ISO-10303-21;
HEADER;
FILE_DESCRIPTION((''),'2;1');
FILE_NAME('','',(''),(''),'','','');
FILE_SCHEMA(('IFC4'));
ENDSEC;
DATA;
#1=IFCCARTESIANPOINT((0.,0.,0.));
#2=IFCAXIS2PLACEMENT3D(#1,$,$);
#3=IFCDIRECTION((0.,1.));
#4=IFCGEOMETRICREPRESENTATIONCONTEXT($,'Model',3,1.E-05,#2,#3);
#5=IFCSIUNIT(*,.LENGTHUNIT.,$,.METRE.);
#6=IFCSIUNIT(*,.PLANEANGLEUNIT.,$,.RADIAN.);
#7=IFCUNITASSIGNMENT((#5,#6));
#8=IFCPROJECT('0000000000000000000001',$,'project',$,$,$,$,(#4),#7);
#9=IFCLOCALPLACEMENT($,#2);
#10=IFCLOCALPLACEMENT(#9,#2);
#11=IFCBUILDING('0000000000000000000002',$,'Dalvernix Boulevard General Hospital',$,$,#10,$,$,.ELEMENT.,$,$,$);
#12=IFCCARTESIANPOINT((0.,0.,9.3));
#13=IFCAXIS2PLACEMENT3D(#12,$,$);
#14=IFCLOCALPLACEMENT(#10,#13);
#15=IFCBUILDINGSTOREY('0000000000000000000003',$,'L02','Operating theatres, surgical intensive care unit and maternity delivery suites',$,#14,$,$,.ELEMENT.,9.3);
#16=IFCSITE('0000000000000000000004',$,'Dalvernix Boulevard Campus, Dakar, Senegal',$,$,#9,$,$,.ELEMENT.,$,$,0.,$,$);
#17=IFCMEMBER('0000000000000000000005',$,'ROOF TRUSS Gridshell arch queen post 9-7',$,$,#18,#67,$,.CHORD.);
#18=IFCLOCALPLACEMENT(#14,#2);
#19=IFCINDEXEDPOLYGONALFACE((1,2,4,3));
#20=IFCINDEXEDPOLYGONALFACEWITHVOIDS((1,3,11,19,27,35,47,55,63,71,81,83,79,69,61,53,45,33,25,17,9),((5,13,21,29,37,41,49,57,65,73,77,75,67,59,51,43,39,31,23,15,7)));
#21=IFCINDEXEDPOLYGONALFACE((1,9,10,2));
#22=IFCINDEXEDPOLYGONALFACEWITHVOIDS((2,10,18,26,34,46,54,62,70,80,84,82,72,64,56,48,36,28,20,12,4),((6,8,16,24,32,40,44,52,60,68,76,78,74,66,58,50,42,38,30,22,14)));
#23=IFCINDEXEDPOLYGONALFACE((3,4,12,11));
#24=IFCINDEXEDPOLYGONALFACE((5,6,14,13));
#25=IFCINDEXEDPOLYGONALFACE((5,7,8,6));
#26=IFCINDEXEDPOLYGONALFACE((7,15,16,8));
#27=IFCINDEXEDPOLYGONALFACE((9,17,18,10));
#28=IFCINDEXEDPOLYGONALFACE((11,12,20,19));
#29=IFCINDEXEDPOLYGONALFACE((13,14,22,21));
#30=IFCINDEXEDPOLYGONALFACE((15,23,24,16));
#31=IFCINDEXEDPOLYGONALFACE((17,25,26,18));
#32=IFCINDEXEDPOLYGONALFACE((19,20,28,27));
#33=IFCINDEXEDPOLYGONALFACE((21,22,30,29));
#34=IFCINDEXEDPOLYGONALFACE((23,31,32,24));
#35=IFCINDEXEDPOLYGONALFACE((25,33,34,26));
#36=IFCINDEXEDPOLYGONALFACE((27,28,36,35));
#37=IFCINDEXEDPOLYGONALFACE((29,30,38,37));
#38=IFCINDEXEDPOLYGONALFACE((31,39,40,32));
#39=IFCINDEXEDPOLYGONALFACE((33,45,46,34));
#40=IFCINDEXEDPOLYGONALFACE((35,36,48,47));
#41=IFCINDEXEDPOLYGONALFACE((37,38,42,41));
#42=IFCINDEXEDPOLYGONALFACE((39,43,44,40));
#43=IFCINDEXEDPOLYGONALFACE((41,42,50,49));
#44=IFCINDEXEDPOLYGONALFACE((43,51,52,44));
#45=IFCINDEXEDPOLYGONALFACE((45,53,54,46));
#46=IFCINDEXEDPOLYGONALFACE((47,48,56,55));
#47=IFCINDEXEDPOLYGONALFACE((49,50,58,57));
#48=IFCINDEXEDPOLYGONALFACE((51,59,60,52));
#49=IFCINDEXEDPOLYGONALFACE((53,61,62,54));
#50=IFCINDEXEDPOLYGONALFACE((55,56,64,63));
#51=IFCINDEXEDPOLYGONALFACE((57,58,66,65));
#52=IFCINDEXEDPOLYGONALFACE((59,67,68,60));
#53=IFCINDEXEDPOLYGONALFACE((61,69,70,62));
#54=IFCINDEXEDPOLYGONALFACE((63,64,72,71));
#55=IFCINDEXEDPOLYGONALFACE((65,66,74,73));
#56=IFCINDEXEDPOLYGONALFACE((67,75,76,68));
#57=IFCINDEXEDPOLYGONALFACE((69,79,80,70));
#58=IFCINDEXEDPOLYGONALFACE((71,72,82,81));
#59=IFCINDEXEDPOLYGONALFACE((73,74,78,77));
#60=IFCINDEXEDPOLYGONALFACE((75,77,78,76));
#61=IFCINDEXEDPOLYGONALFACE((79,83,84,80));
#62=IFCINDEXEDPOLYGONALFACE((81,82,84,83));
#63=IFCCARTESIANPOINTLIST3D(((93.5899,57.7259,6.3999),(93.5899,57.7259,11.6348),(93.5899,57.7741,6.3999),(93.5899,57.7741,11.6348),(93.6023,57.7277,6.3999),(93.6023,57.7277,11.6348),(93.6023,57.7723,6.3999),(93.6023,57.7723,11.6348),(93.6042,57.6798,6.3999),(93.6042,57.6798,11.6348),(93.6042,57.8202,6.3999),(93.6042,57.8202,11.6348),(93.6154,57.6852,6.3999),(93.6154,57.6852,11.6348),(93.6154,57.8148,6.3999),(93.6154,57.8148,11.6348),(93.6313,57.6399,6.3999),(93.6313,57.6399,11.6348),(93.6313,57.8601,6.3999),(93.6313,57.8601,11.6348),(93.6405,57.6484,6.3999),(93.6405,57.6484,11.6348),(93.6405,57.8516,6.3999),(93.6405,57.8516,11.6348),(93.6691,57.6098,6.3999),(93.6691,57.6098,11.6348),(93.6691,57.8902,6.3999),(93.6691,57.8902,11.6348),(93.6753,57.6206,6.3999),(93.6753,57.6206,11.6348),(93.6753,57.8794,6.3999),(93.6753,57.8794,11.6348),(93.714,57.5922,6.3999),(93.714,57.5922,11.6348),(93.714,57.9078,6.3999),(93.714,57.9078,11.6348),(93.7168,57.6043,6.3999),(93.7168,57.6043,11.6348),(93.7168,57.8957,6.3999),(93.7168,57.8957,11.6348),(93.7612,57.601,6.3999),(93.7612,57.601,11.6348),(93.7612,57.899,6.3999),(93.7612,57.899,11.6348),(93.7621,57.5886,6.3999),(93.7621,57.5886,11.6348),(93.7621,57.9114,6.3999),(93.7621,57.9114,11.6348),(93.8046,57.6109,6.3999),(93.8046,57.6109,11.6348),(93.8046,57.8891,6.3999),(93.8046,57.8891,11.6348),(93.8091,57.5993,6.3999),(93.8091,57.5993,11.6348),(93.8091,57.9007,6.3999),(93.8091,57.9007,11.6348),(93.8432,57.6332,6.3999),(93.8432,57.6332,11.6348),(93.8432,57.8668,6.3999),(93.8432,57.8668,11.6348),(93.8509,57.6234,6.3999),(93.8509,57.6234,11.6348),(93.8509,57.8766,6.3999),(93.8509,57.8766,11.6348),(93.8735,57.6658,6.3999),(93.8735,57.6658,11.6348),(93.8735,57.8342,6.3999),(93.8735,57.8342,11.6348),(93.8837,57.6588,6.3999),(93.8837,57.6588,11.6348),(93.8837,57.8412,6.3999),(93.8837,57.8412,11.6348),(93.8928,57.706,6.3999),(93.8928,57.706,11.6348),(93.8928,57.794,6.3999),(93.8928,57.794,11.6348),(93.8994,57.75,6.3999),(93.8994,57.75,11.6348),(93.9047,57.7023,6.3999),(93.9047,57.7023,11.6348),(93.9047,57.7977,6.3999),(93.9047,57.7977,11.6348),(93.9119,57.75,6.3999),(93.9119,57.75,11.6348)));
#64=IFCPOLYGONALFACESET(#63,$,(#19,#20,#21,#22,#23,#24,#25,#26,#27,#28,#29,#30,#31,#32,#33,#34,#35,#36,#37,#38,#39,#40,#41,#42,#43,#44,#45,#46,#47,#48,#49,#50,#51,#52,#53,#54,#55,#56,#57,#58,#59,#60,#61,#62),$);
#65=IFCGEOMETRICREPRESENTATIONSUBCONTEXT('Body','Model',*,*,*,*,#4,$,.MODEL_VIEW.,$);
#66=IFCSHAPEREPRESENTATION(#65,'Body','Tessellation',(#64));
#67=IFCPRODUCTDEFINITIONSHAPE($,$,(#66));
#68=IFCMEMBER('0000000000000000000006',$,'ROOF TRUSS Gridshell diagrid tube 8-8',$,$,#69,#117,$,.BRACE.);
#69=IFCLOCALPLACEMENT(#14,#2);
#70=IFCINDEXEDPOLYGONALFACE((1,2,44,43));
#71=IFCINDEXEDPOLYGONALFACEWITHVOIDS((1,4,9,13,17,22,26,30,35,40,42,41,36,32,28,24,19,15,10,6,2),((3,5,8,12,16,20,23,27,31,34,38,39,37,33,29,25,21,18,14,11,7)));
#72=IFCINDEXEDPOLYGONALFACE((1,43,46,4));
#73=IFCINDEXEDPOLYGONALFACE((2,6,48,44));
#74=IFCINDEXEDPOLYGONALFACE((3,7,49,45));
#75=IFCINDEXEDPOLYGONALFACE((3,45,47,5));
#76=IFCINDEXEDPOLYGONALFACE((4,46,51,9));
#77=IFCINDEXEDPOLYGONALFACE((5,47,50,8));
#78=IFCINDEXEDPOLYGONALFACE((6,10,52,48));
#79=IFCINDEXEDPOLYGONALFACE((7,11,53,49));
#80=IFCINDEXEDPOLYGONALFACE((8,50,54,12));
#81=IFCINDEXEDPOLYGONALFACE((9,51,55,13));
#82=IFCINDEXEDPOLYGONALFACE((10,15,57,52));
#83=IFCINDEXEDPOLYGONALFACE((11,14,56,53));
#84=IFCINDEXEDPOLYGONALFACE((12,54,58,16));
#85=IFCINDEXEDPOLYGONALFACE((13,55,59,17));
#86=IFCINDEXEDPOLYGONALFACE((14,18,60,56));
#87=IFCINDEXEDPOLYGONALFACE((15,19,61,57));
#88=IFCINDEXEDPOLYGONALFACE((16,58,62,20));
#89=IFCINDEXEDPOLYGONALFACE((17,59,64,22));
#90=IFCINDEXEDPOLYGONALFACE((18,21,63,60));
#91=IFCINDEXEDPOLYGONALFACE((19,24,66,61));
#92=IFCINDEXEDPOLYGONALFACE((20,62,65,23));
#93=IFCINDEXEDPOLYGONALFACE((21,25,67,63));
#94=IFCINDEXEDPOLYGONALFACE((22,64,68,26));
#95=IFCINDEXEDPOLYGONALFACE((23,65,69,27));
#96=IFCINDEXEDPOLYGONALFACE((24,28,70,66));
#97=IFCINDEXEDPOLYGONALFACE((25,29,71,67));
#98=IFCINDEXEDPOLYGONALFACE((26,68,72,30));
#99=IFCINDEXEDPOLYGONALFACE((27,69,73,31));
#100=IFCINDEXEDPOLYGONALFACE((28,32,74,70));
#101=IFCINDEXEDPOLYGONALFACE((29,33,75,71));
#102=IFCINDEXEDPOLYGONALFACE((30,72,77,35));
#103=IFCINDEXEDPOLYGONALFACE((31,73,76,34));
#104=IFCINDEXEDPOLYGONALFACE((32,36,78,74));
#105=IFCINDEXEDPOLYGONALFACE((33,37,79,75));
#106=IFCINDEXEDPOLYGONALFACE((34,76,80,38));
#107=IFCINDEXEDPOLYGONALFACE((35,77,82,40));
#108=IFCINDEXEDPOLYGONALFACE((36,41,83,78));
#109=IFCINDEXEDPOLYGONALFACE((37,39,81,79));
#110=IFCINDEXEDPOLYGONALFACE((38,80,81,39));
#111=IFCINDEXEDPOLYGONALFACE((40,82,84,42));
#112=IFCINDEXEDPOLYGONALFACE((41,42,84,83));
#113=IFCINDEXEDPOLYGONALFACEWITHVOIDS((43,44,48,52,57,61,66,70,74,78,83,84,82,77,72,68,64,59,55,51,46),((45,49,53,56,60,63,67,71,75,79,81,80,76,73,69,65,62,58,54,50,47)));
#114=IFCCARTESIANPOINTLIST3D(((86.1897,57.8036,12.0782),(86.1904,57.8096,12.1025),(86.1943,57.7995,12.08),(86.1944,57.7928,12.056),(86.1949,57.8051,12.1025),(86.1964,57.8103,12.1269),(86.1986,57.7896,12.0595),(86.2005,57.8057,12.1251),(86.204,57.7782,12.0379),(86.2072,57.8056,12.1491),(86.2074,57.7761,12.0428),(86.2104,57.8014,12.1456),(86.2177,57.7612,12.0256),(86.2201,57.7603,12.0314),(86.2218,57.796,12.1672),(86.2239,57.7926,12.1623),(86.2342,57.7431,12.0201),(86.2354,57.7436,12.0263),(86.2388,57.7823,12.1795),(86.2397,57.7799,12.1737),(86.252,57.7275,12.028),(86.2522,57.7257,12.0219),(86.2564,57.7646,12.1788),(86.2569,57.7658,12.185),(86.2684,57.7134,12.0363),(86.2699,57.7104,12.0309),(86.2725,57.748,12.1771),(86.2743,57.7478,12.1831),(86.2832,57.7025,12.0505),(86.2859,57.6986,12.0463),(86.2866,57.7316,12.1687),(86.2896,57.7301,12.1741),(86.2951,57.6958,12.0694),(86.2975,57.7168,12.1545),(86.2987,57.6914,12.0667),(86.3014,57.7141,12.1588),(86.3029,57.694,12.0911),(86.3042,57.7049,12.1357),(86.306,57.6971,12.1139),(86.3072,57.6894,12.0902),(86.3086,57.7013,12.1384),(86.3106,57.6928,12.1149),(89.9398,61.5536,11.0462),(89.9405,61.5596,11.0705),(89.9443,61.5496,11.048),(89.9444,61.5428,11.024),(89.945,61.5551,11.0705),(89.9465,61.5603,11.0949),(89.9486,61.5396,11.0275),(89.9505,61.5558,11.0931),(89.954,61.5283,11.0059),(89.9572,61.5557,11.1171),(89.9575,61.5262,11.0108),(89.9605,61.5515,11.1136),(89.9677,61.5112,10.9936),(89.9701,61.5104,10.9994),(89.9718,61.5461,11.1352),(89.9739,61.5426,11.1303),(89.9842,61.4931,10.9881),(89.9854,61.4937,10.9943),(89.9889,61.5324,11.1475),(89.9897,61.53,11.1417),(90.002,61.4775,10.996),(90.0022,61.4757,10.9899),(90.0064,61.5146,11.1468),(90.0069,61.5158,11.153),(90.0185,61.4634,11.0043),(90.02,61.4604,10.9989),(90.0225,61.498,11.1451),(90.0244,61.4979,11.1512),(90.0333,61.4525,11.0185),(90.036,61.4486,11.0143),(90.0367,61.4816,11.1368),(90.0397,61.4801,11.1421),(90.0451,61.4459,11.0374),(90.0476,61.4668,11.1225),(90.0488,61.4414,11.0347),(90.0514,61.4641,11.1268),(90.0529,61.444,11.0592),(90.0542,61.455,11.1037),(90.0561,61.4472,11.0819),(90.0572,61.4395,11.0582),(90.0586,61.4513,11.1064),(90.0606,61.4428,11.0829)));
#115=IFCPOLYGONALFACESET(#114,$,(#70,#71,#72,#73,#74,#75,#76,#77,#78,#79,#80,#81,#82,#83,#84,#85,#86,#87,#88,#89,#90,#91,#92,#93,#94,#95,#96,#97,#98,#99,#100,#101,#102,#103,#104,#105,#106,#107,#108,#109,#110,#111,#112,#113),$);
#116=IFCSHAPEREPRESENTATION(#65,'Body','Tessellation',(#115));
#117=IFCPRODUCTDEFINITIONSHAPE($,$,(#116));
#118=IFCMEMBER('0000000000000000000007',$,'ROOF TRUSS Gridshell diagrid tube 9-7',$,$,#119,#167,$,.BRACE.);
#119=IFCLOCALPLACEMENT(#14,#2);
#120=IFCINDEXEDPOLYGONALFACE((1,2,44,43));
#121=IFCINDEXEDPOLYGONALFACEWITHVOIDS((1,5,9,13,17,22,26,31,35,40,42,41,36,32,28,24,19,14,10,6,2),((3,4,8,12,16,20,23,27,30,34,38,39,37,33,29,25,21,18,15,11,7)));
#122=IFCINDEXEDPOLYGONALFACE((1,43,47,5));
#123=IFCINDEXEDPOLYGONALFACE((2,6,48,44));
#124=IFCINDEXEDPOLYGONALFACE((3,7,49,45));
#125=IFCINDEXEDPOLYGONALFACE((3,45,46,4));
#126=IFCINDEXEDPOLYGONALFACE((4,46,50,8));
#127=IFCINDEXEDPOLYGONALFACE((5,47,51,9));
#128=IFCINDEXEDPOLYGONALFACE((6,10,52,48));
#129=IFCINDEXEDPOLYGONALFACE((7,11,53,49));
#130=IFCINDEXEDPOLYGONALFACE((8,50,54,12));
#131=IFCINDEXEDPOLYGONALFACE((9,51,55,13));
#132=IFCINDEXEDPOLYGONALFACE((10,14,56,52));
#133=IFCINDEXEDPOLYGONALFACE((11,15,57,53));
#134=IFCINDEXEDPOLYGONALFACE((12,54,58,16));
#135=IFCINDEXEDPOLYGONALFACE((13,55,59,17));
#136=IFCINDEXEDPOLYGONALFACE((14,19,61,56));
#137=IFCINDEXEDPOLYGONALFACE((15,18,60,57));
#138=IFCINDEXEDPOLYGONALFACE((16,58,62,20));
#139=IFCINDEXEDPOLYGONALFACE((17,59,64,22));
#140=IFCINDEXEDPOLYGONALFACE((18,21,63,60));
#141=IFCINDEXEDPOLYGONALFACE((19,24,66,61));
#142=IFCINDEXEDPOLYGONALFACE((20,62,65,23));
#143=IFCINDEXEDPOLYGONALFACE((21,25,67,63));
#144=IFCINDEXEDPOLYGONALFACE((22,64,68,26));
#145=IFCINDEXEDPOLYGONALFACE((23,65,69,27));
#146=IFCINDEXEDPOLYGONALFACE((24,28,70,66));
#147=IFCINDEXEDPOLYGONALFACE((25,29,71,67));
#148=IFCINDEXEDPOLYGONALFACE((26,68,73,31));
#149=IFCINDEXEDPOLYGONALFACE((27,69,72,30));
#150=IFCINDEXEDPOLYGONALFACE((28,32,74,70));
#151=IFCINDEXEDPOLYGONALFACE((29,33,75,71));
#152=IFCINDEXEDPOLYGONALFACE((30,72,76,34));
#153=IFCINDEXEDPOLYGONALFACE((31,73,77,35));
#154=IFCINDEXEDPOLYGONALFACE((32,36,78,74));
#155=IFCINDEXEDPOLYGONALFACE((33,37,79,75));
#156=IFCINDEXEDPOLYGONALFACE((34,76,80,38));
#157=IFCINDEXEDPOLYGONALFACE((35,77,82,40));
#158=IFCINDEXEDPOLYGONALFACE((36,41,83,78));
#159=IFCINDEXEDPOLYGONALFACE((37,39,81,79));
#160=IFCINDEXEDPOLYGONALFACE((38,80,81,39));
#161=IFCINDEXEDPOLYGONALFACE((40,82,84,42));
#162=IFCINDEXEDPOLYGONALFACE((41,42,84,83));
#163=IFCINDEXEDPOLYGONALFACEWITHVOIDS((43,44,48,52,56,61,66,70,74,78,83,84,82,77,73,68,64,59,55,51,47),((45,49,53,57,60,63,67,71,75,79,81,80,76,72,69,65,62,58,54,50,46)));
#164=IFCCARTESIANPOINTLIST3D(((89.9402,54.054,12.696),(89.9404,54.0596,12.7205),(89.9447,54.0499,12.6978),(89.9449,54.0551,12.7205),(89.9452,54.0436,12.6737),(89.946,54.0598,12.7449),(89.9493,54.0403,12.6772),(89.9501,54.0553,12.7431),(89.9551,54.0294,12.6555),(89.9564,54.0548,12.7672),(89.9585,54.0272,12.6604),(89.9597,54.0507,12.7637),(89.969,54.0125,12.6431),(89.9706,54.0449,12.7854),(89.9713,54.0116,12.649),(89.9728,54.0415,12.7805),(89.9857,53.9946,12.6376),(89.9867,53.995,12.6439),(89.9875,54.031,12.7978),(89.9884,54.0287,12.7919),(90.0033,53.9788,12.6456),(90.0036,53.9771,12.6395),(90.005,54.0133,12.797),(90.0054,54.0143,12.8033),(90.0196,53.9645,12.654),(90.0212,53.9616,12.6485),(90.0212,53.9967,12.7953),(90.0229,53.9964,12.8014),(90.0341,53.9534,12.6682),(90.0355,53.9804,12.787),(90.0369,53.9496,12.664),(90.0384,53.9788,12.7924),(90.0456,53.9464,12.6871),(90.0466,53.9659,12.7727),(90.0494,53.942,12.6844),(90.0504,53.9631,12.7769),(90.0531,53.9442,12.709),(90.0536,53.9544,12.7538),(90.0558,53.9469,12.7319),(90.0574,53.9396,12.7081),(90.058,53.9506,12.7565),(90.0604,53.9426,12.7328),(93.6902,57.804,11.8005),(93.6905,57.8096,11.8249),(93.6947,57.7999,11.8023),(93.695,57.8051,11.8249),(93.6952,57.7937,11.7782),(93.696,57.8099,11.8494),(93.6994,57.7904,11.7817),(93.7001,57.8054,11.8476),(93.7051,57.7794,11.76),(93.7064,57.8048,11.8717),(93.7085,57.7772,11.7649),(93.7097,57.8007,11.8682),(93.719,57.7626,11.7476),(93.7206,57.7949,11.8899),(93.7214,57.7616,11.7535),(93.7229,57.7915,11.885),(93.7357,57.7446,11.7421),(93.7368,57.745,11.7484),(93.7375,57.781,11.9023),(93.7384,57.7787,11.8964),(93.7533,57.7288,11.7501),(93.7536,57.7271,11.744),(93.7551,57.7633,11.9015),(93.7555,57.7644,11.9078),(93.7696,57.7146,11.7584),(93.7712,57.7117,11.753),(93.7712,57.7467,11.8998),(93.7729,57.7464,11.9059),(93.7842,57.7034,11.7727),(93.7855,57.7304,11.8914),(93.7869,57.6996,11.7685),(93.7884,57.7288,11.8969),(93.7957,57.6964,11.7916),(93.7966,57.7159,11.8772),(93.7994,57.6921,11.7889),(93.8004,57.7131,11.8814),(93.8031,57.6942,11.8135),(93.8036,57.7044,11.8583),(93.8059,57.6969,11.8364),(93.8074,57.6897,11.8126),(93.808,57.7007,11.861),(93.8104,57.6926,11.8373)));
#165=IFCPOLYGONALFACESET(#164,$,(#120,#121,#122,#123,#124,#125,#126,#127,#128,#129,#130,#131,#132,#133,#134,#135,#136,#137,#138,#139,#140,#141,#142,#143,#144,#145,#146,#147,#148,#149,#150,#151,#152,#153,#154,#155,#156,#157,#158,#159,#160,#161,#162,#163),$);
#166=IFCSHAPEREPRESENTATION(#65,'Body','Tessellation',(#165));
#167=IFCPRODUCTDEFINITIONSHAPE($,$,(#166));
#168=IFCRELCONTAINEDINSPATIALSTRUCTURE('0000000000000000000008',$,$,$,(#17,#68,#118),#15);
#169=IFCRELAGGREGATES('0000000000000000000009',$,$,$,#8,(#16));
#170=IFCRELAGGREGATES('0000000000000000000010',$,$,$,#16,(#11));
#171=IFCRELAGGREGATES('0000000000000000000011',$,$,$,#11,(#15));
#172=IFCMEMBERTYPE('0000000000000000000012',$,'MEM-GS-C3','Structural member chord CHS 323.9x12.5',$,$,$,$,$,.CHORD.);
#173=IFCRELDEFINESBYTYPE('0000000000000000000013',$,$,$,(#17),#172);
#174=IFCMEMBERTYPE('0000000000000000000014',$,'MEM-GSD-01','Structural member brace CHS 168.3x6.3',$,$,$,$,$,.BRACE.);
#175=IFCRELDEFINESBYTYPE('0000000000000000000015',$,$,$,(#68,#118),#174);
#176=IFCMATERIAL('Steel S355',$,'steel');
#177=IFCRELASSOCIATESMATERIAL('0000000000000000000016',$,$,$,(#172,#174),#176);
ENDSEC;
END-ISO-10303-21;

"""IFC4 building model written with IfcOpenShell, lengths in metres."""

from ifc_helpers import new_model, si_unit, direction, frame, origin, origin_2d, place, context, subcontext, project, spatial, hollow_circle, extrude, material, material_profile, profile_set, type_object, element, save


model = new_model("IFC4")

# Units and contexts
model_context = context("Model", 3, precision=1e-05, world=origin(), true_north=direction((0.0, 1.0)))
body_context = subcontext(model_context, "Body", "Model", "MODEL_VIEW")
ifc_project = project(units=[si_unit("LENGTHUNIT", "METRE"), si_unit("PLANEANGLEUNIT", "RADIAN")], contexts=[model_context])

# Site, building, storey
site_placement = place(None, origin())
site = spatial("IfcSite", under=ifc_project, at=site_placement, Name="Dalvernix Boulevard Campus, Dakar, Senegal", CompositionType="ELEMENT", RefElevation=0.0)
building_placement = place(site_placement, origin())
building = spatial("IfcBuilding", under=site, at=building_placement, Name="Dalvernix Boulevard General Hospital", CompositionType="ELEMENT")
storey_placement = place(building_placement, frame((0.0, 0.0, 9.3)))
storey = spatial("IfcBuildingStorey", under=building, at=storey_placement, Name="L02", Description="Operating theatres, surgical intensive care unit and maternity delivery suites", CompositionType="ELEMENT", Elevation=9.3)

# Shared definitions
ifc_material_1 = material(Name="Steel S355", Category="steel")

# Members
ifc_material_profile_1 = material_profile(ifc_material_1, hollow_circle(Radius=0.1619, WallThickness=0.0125, at=origin_2d()), Name="CHS 323.9x12.5")
ifc_profile_set_1 = profile_set([ifc_material_profile_1], Name="Steel S355")
member_type_1 = type_object("IfcMemberType", Name="MEM-GS-C3", Description="Structural member chord CHS 323.9x12.5", PredefinedType="CHORD", material=ifc_profile_set_1)
member_1_placement = place(storey_placement, frame((93.75, 57.75, 6.3999), z_axis=(0.0, 0.0, 1.0), x_axis=(1.0, 0.0, 0.0)))
element("IfcMember", 1, at=member_1_placement, inside=storey, type_object=member_type_1, Name="ROOF TRUSS Gridshell arch queen post 9-7", PredefinedType="CHORD", context=body_context, shape_type="SweptSolid", body=[
    extrude(hollow_circle(Radius=0.1619, WallThickness=0.0125, at=origin_2d()), origin(), (0.0, 0.0, 1.0), 5.2349),
])
ifc_material_profile_2 = material_profile(ifc_material_1, hollow_circle(Radius=0.0842, WallThickness=0.0063, at=origin_2d()), Name="CHS 168.3x6.3")
ifc_profile_set_2 = profile_set([ifc_material_profile_2], Name="Steel S355")
member_type_2 = type_object("IfcMemberType", Name="MEM-GSD-01", Description="Structural member brace CHS 168.3x6.3", PredefinedType="BRACE", material=ifc_profile_set_2)
member_2_placement = place(storey_placement, frame((86.25, 57.75, 12.1025), z_axis=(0.694088, 0.694088, -0.19101), x_axis=(-0.707107, 0.707107, 0.0)))
element("IfcMember", 2, at=member_2_placement, inside=storey, type_object=member_type_2, Name="ROOF TRUSS Gridshell diagrid tube 8-8", PredefinedType="BRACE", context=body_context, shape_type="SweptSolid", body=[
    extrude(hollow_circle(Radius=0.0842, WallThickness=0.0063, at=origin_2d()), origin(), (0.0, 0.0, 1.0), 5.4028),
])
member_3_placement = place(storey_placement, frame((90.0, 54.0, 12.7205), z_axis=(0.697236, 0.697236, -0.166502), x_axis=(-0.707107, 0.707107, 0.0)))
element("IfcMember", 3, at=member_3_placement, inside=storey, type_object=member_type_2, Name="ROOF TRUSS Gridshell diagrid tube 9-7", PredefinedType="BRACE", context=body_context, shape_type="SweptSolid", body=[
    extrude(hollow_circle(Radius=0.0842, WallThickness=0.0063, at=origin_2d()), origin(), (0.0, 0.0, 1.0), 5.3784),
])

save(model, "model.ifc")
